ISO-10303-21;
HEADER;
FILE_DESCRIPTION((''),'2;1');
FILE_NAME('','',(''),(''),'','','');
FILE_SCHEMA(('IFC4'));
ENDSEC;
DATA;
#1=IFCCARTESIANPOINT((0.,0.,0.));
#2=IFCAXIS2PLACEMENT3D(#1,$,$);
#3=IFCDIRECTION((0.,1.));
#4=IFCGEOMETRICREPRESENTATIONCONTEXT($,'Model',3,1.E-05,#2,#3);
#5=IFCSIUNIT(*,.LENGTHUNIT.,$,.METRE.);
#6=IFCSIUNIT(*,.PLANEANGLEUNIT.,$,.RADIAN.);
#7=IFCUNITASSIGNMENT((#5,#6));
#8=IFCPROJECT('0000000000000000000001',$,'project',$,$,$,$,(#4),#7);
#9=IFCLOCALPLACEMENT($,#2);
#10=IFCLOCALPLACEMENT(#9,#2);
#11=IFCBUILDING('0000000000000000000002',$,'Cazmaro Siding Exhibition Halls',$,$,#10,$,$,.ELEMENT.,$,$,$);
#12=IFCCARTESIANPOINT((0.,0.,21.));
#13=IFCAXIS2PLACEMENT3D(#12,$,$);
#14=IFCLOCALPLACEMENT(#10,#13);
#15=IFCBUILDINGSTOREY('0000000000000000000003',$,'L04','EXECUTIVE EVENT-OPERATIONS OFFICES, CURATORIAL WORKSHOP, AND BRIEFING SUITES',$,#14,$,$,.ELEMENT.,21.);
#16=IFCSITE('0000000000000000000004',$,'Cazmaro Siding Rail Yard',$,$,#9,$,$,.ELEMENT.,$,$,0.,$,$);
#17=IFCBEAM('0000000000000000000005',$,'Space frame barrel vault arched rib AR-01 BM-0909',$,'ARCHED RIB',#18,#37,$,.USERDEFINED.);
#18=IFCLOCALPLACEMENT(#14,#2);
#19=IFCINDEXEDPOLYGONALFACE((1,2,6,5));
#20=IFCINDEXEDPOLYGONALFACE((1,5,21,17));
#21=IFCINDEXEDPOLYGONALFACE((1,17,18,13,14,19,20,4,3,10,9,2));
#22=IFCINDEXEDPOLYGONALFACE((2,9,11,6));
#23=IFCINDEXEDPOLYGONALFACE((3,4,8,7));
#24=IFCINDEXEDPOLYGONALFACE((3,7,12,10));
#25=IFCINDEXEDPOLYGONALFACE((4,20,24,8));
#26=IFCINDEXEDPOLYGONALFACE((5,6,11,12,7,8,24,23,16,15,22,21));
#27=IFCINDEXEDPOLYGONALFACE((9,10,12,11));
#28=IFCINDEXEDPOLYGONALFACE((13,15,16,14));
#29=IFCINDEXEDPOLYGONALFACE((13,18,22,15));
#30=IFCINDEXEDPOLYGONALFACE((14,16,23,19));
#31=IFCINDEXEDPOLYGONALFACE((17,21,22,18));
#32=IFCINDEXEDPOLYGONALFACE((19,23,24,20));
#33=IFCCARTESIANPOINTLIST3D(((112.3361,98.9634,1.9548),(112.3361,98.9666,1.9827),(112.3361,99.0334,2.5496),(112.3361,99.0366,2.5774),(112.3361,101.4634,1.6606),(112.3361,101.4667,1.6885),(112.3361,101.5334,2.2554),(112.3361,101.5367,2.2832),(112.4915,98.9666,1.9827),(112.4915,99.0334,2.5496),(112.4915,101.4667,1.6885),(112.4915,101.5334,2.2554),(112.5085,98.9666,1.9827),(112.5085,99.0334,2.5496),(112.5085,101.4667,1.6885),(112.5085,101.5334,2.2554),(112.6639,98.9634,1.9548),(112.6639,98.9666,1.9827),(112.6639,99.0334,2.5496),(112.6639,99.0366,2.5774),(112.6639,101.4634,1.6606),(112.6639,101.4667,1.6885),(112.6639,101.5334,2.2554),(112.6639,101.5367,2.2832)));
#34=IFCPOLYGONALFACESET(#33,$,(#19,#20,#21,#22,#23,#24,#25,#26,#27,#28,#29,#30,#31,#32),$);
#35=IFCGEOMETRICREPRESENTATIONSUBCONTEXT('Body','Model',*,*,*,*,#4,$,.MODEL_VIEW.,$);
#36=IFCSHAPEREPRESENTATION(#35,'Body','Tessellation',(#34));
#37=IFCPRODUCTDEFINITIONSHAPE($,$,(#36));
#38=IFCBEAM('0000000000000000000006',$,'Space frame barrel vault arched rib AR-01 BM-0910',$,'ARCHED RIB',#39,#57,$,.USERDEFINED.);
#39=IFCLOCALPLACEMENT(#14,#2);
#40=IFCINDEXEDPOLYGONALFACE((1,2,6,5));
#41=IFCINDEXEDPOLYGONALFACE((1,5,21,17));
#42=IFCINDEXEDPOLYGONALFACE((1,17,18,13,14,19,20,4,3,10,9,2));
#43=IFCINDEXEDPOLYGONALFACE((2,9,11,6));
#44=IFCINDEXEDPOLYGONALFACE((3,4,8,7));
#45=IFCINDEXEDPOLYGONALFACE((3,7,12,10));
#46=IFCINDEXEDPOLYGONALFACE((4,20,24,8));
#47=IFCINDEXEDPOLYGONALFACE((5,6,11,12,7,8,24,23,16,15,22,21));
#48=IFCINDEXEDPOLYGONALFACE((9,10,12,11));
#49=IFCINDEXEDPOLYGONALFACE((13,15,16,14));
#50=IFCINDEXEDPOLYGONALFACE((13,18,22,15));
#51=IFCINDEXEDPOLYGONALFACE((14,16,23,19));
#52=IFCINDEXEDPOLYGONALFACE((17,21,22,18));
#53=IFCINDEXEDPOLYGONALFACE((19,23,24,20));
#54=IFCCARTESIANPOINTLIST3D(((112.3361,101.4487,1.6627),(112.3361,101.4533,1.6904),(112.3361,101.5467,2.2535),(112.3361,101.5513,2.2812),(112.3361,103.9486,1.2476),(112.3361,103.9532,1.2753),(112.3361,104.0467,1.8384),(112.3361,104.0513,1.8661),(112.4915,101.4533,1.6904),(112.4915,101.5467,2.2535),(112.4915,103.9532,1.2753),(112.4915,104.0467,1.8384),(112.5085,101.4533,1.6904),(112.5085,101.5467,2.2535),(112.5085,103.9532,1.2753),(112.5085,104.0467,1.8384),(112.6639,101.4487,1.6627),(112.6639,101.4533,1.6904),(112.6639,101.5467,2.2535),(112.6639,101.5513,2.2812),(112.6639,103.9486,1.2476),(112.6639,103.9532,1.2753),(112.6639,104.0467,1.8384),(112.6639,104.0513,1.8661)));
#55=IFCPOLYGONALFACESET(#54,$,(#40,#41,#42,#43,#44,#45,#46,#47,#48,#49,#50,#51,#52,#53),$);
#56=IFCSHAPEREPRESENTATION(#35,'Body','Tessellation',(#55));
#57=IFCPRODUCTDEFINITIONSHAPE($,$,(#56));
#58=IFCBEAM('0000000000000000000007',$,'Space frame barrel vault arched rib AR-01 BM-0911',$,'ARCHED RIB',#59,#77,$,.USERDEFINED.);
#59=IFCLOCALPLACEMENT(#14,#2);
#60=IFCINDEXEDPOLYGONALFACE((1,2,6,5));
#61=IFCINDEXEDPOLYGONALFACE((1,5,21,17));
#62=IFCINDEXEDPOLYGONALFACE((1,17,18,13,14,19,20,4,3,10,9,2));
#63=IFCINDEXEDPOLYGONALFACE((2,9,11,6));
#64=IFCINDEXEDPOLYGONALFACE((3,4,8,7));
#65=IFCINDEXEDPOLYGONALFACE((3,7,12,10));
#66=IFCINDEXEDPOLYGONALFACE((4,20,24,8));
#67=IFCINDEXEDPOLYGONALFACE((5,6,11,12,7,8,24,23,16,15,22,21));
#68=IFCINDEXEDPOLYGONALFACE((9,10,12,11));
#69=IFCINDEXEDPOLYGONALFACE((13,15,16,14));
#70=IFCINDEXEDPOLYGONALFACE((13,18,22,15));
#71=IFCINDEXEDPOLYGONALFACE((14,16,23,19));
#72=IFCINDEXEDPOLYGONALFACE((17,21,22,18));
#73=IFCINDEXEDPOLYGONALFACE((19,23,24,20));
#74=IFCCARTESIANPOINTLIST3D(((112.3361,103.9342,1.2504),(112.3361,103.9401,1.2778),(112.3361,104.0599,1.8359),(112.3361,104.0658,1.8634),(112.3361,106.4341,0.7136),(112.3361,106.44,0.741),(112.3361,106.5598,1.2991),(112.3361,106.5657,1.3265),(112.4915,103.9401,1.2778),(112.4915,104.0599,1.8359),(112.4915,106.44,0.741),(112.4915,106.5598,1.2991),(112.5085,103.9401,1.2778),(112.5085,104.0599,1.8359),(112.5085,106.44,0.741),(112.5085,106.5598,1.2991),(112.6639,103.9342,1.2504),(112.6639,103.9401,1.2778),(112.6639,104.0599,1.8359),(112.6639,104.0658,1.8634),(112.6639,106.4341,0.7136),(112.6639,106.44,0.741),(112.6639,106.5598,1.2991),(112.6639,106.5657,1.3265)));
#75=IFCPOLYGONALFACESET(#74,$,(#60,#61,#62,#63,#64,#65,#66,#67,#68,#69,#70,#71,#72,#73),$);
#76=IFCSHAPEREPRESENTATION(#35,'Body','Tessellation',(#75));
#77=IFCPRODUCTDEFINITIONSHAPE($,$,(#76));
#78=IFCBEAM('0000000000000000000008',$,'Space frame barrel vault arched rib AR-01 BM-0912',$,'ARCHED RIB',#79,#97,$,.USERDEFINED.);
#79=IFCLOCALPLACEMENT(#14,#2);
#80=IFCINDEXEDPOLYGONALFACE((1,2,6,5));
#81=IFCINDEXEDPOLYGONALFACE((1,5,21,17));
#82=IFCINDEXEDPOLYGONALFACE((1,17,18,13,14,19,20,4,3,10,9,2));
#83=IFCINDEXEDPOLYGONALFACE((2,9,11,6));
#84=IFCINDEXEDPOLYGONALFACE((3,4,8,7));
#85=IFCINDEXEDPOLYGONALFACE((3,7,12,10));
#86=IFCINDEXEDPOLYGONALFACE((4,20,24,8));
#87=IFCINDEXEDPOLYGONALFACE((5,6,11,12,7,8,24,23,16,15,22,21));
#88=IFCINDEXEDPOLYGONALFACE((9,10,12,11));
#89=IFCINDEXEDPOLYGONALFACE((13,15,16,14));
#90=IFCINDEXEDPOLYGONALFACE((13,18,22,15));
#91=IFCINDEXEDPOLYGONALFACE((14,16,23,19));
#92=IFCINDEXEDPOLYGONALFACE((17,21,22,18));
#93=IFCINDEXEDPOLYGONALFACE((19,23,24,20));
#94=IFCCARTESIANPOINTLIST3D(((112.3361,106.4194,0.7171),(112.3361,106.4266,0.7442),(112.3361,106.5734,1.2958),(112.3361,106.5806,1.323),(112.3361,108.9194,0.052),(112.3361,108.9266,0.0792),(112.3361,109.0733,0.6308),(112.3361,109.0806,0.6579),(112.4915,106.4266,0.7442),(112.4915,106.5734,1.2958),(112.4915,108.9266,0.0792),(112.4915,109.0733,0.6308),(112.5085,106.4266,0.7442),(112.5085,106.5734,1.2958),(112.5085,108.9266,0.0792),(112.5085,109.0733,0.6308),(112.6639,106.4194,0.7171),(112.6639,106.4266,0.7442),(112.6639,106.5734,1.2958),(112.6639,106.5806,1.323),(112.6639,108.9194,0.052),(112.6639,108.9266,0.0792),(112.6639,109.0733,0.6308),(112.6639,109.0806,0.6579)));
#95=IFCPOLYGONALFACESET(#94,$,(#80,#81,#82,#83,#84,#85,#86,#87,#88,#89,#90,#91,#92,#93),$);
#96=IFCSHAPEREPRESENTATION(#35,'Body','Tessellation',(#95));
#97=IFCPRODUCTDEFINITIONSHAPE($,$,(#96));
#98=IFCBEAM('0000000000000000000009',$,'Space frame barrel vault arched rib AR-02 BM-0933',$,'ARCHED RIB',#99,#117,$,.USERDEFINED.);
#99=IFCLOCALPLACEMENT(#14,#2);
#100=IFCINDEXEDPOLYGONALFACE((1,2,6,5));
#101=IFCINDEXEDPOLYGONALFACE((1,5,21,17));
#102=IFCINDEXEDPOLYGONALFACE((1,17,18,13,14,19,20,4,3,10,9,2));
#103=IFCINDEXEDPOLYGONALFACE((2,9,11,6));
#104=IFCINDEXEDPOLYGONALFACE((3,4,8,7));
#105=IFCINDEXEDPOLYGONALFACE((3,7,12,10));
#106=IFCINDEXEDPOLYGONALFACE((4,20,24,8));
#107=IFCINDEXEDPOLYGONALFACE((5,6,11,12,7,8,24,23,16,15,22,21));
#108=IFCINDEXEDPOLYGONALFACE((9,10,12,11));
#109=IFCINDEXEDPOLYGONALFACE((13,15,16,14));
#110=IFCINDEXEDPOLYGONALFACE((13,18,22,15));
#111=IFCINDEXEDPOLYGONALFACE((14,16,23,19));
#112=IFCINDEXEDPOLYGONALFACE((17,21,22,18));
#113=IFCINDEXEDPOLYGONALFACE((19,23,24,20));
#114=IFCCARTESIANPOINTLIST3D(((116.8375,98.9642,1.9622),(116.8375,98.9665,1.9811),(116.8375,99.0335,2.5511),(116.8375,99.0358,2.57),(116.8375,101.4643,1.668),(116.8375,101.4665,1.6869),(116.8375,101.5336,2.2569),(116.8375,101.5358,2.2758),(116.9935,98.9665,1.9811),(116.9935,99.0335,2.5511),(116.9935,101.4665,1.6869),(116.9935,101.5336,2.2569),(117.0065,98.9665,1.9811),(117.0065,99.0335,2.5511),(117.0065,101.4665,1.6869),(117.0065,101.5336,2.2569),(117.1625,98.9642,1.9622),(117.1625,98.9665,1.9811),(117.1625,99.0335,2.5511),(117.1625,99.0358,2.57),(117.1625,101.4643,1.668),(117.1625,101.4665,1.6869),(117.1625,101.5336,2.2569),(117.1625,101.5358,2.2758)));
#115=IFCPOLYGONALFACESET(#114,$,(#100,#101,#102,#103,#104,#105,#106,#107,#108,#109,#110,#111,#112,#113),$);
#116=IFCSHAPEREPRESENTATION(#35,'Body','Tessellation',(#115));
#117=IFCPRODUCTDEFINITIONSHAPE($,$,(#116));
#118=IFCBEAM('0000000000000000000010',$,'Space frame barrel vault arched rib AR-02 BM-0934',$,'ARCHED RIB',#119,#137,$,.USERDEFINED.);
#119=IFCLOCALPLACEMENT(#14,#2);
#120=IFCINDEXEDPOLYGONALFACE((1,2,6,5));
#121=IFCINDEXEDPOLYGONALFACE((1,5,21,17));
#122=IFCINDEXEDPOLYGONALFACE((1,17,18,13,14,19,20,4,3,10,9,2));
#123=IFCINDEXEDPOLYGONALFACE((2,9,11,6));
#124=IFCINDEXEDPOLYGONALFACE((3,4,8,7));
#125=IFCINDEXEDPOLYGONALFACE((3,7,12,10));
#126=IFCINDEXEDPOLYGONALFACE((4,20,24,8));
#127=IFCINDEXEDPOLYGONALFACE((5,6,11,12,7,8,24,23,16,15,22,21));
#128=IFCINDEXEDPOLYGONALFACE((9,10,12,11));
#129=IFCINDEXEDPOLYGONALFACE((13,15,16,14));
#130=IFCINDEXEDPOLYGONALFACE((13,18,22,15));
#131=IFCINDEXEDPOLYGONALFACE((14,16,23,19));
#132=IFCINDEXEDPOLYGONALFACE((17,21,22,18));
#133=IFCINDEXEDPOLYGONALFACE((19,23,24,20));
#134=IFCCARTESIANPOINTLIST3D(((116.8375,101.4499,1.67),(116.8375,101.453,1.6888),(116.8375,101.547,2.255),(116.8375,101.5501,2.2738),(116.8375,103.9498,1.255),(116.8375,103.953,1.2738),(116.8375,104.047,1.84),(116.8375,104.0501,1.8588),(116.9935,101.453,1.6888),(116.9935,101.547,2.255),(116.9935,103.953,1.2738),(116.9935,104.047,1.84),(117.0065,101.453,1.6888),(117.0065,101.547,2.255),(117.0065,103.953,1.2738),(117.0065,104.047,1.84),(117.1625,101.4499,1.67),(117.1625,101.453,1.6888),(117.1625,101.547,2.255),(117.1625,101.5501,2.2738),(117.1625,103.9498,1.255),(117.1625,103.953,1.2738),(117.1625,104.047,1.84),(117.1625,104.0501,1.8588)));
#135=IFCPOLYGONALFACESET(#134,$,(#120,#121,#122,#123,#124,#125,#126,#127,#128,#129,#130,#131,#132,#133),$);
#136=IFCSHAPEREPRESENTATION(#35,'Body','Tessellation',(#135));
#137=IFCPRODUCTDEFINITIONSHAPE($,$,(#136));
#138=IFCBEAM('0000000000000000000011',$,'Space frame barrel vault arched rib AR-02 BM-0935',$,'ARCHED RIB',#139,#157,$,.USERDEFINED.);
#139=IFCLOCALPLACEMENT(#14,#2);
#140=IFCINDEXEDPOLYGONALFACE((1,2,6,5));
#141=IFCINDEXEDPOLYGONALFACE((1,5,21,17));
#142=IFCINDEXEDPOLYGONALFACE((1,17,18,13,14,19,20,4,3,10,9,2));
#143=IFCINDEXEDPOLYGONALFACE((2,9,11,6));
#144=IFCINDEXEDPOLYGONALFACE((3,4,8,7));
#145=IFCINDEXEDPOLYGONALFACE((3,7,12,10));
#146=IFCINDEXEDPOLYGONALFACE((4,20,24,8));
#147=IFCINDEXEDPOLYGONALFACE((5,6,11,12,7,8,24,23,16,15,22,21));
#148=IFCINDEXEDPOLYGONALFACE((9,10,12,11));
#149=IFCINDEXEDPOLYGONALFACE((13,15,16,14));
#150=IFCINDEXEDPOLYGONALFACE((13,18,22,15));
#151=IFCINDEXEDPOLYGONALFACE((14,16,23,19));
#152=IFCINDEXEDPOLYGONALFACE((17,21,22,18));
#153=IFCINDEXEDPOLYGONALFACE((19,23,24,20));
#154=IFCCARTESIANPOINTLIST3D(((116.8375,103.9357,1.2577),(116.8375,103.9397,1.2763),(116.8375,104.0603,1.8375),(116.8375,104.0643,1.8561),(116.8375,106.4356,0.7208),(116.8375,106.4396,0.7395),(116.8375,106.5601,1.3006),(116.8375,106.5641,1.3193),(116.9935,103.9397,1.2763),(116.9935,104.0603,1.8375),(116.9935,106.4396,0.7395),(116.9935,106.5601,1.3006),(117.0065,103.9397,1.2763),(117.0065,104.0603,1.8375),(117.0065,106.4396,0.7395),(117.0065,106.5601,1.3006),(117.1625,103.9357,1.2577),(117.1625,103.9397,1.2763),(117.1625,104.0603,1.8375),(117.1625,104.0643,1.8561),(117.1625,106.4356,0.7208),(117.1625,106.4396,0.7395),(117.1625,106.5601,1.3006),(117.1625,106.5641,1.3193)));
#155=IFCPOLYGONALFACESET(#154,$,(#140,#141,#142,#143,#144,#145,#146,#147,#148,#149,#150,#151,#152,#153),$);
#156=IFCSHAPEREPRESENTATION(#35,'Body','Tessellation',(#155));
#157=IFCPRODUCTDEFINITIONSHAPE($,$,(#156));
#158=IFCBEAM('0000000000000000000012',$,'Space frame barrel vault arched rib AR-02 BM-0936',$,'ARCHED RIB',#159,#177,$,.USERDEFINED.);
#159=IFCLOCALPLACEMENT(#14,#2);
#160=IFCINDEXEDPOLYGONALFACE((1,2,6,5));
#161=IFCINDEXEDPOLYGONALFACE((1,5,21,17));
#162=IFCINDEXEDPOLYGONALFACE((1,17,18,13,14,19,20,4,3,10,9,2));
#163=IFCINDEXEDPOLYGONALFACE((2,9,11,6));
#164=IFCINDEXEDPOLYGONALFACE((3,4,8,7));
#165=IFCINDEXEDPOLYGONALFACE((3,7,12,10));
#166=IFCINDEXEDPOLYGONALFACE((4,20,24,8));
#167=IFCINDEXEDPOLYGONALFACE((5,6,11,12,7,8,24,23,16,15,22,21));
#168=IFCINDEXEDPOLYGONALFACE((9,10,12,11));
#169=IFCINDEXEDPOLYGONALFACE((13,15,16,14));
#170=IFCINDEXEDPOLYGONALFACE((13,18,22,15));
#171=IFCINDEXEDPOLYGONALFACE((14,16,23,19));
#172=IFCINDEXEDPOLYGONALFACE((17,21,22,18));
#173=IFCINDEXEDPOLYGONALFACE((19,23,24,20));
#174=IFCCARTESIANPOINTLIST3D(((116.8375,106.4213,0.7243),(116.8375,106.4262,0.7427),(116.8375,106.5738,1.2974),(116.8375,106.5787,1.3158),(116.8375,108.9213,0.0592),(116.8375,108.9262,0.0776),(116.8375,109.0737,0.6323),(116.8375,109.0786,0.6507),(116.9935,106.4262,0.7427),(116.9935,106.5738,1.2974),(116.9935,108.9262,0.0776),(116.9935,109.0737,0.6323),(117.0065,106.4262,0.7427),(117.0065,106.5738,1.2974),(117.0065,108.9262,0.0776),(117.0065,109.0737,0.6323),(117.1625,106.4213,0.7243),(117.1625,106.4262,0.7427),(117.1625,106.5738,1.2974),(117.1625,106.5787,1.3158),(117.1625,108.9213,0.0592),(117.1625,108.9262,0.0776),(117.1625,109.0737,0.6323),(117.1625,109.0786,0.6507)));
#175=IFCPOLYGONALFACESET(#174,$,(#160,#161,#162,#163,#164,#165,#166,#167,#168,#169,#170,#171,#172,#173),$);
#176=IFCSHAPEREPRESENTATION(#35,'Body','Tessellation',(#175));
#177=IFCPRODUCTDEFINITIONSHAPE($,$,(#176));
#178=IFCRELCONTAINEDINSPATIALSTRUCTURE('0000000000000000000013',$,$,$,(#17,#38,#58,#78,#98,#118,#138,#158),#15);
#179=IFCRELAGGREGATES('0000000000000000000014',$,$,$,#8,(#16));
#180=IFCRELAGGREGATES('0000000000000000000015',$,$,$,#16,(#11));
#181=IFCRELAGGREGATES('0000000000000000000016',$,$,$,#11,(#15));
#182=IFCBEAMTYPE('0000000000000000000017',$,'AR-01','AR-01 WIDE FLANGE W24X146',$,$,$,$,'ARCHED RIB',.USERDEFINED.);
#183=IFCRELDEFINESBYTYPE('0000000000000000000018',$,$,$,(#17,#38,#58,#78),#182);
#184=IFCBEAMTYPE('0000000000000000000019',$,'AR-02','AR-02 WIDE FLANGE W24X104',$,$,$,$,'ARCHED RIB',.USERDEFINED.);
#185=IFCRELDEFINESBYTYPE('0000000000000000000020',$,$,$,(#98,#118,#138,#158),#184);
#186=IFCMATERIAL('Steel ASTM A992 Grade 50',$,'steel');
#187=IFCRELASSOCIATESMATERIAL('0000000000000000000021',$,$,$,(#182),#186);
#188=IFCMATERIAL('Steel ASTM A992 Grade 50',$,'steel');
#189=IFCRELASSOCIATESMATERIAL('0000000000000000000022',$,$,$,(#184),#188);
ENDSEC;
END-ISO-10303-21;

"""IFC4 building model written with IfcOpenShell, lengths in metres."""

from ifc_helpers import new_model, si_unit, direction, frame, origin, origin_2d, place, context, subcontext, project, spatial, i_section, extrude, material, material_profile, profile_set, type_object, element, save


model = new_model("IFC4")

# Units and contexts
model_context = context("Model", 3, precision=1e-05, world=origin(), true_north=direction((0.0, 1.0)))
body_context = subcontext(model_context, "Body", "Model", "MODEL_VIEW")
ifc_project = project(units=[si_unit("LENGTHUNIT", "METRE"), si_unit("PLANEANGLEUNIT", "RADIAN")], contexts=[model_context])

# Site, building, storey
site_placement = place(None, origin())
site = spatial("IfcSite", under=ifc_project, at=site_placement, Name="Cazmaro Siding Rail Yard", CompositionType="ELEMENT", RefElevation=0.0)
building_placement = place(site_placement, origin())
building = spatial("IfcBuilding", under=site, at=building_placement, Name="Cazmaro Siding Exhibition Halls", CompositionType="ELEMENT")
storey_placement = place(building_placement, frame((0.0, 0.0, 21.0)))
storey = spatial("IfcBuildingStorey", under=building, at=storey_placement, Name="L04", Description="EXECUTIVE EVENT-OPERATIONS OFFICES, CURATORIAL WORKSHOP, AND BRIEFING SUITES", CompositionType="ELEMENT", Elevation=21.0)

# Beams
ifc_material_1 = material(Name="Steel ASTM A992 Grade 50", Category="steel")
ifc_material_profile_1 = material_profile(ifc_material_1, i_section(OverallWidth=0.3279, OverallDepth=0.627, WebThickness=0.0171, FlangeThickness=0.0281, at=origin_2d()), Name="W24X146")
ifc_profile_set_1 = profile_set([ifc_material_profile_1], Name="Steel ASTM A992 Grade 50")
beam_type_1 = type_object("IfcBeamType", Name="AR-01", Description="AR-01 WIDE FLANGE W24X146", ElementType="ARCHED RIB", PredefinedType="USERDEFINED", material=ifc_profile_set_1)
beam_1_placement = place(storey_placement, frame((112.5, 99.0, 2.2661), z_axis=(0.0, 0.993147, -0.116869), x_axis=(-1.0, 0.0, 0.0)))
element("IfcBeam", 1, at=beam_1_placement, inside=storey, type_object=beam_type_1, Name="Space frame barrel vault arched rib AR-01 BM-0909", ObjectType="ARCHED RIB", PredefinedType="USERDEFINED", context=body_context, shape_type="SweptSolid", body=[
    extrude(i_section(OverallWidth=0.3279, OverallDepth=0.627, WebThickness=0.0171, FlangeThickness=0.0281, at=origin_2d()), origin(), (0.0, 0.0, 1.0), 2.5173),
])
beam_2_placement = place(storey_placement, frame((112.5, 101.5, 1.9719), z_axis=(0.0, 0.986498, -0.163774), x_axis=(-1.0, 0.0, 0.0)))
element("IfcBeam", 2, at=beam_2_placement, inside=storey, type_object=beam_type_1, Name="Space frame barrel vault arched rib AR-01 BM-0910", ObjectType="ARCHED RIB", PredefinedType="USERDEFINED", context=body_context, shape_type="SweptSolid", body=[
    extrude(i_section(OverallWidth=0.3279, OverallDepth=0.627, WebThickness=0.0171, FlangeThickness=0.0281, at=origin_2d()), origin(), (0.0, 0.0, 1.0), 2.5342),
])
beam_3_placement = place(storey_placement, frame((112.5, 104.0, 1.5569), z_axis=(0.0, 0.97771, -0.209959), x_axis=(-1.0, 0.0, 0.0)))
element("IfcBeam", 3, at=beam_3_placement, inside=storey, type_object=beam_type_1, Name="Space frame barrel vault arched rib AR-01 BM-0911", ObjectType="ARCHED RIB", PredefinedType="USERDEFINED", context=body_context, shape_type="SweptSolid", body=[
    extrude(i_section(OverallWidth=0.3279, OverallDepth=0.627, WebThickness=0.0171, FlangeThickness=0.0281, at=origin_2d()), origin(), (0.0, 0.0, 1.0), 2.5569),
])
beam_4_placement = place(storey_placement, frame((112.5, 106.5, 1.02), z_axis=(0.0, 0.966391, -0.257075), x_axis=(-1.0, 0.0, 0.0)))
element("IfcBeam", 4, at=beam_4_placement, inside=storey, type_object=beam_type_1, Name="Space frame barrel vault arched rib AR-01 BM-0912", ObjectType="ARCHED RIB", PredefinedType="USERDEFINED", context=body_context, shape_type="SweptSolid", body=[
    extrude(i_section(OverallWidth=0.3279, OverallDepth=0.627, WebThickness=0.0171, FlangeThickness=0.0281, at=origin_2d()), origin(), (0.0, 0.0, 1.0), 2.5869),
])
ifc_material_2 = material(Name="Steel ASTM A992 Grade 50", Category="steel")
ifc_material_profile_2 = material_profile(ifc_material_2, i_section(OverallWidth=0.325, OverallDepth=0.6121, WebThickness=0.0129, FlangeThickness=0.019, at=origin_2d()), Name="W24X104")
ifc_profile_set_2 = profile_set([ifc_material_profile_2], Name="Steel ASTM A992 Grade 50")
beam_type_2 = type_object("IfcBeamType", Name="AR-02", Description="AR-02 WIDE FLANGE W24X104", ElementType="ARCHED RIB", PredefinedType="USERDEFINED", material=ifc_profile_set_2)
beam_5_placement = place(storey_placement, frame((117.0, 99.0, 2.2661), z_axis=(0.0, 0.993147, -0.116869), x_axis=(-1.0, 0.0, 0.0)))
element("IfcBeam", 5, at=beam_5_placement, inside=storey, type_object=beam_type_2, Name="Space frame barrel vault arched rib AR-02 BM-0933", ObjectType="ARCHED RIB", PredefinedType="USERDEFINED", context=body_context, shape_type="SweptSolid", body=[
    extrude(i_section(OverallWidth=0.325, OverallDepth=0.6121, WebThickness=0.0129, FlangeThickness=0.019, at=origin_2d()), origin(), (0.0, 0.0, 1.0), 2.5173),
])
beam_6_placement = place(storey_placement, frame((117.0, 101.5, 1.9719), z_axis=(0.0, 0.986498, -0.163774), x_axis=(-1.0, 0.0, 0.0)))
element("IfcBeam", 6, at=beam_6_placement, inside=storey, type_object=beam_type_2, Name="Space frame barrel vault arched rib AR-02 BM-0934", ObjectType="ARCHED RIB", PredefinedType="USERDEFINED", context=body_context, shape_type="SweptSolid", body=[
    extrude(i_section(OverallWidth=0.325, OverallDepth=0.6121, WebThickness=0.0129, FlangeThickness=0.019, at=origin_2d()), origin(), (0.0, 0.0, 1.0), 2.5342),
])
beam_7_placement = place(storey_placement, frame((117.0, 104.0, 1.5569), z_axis=(0.0, 0.97771, -0.209959), x_axis=(-1.0, 0.0, 0.0)))
element("IfcBeam", 7, at=beam_7_placement, inside=storey, type_object=beam_type_2, Name="Space frame barrel vault arched rib AR-02 BM-0935", ObjectType="ARCHED RIB", PredefinedType="USERDEFINED", context=body_context, shape_type="SweptSolid", body=[
    extrude(i_section(OverallWidth=0.325, OverallDepth=0.6121, WebThickness=0.0129, FlangeThickness=0.019, at=origin_2d()), origin(), (0.0, 0.0, 1.0), 2.5569),
])
beam_8_placement = place(storey_placement, frame((117.0, 106.5, 1.02), z_axis=(0.0, 0.966391, -0.257075), x_axis=(-1.0, 0.0, 0.0)))
element("IfcBeam", 8, at=beam_8_placement, inside=storey, type_object=beam_type_2, Name="Space frame barrel vault arched rib AR-02 BM-0936", ObjectType="ARCHED RIB", PredefinedType="USERDEFINED", context=body_context, shape_type="SweptSolid", body=[
    extrude(i_section(OverallWidth=0.325, OverallDepth=0.6121, WebThickness=0.0129, FlangeThickness=0.019, at=origin_2d()), origin(), (0.0, 0.0, 1.0), 2.5869),
])

save(model, "model.ifc")
